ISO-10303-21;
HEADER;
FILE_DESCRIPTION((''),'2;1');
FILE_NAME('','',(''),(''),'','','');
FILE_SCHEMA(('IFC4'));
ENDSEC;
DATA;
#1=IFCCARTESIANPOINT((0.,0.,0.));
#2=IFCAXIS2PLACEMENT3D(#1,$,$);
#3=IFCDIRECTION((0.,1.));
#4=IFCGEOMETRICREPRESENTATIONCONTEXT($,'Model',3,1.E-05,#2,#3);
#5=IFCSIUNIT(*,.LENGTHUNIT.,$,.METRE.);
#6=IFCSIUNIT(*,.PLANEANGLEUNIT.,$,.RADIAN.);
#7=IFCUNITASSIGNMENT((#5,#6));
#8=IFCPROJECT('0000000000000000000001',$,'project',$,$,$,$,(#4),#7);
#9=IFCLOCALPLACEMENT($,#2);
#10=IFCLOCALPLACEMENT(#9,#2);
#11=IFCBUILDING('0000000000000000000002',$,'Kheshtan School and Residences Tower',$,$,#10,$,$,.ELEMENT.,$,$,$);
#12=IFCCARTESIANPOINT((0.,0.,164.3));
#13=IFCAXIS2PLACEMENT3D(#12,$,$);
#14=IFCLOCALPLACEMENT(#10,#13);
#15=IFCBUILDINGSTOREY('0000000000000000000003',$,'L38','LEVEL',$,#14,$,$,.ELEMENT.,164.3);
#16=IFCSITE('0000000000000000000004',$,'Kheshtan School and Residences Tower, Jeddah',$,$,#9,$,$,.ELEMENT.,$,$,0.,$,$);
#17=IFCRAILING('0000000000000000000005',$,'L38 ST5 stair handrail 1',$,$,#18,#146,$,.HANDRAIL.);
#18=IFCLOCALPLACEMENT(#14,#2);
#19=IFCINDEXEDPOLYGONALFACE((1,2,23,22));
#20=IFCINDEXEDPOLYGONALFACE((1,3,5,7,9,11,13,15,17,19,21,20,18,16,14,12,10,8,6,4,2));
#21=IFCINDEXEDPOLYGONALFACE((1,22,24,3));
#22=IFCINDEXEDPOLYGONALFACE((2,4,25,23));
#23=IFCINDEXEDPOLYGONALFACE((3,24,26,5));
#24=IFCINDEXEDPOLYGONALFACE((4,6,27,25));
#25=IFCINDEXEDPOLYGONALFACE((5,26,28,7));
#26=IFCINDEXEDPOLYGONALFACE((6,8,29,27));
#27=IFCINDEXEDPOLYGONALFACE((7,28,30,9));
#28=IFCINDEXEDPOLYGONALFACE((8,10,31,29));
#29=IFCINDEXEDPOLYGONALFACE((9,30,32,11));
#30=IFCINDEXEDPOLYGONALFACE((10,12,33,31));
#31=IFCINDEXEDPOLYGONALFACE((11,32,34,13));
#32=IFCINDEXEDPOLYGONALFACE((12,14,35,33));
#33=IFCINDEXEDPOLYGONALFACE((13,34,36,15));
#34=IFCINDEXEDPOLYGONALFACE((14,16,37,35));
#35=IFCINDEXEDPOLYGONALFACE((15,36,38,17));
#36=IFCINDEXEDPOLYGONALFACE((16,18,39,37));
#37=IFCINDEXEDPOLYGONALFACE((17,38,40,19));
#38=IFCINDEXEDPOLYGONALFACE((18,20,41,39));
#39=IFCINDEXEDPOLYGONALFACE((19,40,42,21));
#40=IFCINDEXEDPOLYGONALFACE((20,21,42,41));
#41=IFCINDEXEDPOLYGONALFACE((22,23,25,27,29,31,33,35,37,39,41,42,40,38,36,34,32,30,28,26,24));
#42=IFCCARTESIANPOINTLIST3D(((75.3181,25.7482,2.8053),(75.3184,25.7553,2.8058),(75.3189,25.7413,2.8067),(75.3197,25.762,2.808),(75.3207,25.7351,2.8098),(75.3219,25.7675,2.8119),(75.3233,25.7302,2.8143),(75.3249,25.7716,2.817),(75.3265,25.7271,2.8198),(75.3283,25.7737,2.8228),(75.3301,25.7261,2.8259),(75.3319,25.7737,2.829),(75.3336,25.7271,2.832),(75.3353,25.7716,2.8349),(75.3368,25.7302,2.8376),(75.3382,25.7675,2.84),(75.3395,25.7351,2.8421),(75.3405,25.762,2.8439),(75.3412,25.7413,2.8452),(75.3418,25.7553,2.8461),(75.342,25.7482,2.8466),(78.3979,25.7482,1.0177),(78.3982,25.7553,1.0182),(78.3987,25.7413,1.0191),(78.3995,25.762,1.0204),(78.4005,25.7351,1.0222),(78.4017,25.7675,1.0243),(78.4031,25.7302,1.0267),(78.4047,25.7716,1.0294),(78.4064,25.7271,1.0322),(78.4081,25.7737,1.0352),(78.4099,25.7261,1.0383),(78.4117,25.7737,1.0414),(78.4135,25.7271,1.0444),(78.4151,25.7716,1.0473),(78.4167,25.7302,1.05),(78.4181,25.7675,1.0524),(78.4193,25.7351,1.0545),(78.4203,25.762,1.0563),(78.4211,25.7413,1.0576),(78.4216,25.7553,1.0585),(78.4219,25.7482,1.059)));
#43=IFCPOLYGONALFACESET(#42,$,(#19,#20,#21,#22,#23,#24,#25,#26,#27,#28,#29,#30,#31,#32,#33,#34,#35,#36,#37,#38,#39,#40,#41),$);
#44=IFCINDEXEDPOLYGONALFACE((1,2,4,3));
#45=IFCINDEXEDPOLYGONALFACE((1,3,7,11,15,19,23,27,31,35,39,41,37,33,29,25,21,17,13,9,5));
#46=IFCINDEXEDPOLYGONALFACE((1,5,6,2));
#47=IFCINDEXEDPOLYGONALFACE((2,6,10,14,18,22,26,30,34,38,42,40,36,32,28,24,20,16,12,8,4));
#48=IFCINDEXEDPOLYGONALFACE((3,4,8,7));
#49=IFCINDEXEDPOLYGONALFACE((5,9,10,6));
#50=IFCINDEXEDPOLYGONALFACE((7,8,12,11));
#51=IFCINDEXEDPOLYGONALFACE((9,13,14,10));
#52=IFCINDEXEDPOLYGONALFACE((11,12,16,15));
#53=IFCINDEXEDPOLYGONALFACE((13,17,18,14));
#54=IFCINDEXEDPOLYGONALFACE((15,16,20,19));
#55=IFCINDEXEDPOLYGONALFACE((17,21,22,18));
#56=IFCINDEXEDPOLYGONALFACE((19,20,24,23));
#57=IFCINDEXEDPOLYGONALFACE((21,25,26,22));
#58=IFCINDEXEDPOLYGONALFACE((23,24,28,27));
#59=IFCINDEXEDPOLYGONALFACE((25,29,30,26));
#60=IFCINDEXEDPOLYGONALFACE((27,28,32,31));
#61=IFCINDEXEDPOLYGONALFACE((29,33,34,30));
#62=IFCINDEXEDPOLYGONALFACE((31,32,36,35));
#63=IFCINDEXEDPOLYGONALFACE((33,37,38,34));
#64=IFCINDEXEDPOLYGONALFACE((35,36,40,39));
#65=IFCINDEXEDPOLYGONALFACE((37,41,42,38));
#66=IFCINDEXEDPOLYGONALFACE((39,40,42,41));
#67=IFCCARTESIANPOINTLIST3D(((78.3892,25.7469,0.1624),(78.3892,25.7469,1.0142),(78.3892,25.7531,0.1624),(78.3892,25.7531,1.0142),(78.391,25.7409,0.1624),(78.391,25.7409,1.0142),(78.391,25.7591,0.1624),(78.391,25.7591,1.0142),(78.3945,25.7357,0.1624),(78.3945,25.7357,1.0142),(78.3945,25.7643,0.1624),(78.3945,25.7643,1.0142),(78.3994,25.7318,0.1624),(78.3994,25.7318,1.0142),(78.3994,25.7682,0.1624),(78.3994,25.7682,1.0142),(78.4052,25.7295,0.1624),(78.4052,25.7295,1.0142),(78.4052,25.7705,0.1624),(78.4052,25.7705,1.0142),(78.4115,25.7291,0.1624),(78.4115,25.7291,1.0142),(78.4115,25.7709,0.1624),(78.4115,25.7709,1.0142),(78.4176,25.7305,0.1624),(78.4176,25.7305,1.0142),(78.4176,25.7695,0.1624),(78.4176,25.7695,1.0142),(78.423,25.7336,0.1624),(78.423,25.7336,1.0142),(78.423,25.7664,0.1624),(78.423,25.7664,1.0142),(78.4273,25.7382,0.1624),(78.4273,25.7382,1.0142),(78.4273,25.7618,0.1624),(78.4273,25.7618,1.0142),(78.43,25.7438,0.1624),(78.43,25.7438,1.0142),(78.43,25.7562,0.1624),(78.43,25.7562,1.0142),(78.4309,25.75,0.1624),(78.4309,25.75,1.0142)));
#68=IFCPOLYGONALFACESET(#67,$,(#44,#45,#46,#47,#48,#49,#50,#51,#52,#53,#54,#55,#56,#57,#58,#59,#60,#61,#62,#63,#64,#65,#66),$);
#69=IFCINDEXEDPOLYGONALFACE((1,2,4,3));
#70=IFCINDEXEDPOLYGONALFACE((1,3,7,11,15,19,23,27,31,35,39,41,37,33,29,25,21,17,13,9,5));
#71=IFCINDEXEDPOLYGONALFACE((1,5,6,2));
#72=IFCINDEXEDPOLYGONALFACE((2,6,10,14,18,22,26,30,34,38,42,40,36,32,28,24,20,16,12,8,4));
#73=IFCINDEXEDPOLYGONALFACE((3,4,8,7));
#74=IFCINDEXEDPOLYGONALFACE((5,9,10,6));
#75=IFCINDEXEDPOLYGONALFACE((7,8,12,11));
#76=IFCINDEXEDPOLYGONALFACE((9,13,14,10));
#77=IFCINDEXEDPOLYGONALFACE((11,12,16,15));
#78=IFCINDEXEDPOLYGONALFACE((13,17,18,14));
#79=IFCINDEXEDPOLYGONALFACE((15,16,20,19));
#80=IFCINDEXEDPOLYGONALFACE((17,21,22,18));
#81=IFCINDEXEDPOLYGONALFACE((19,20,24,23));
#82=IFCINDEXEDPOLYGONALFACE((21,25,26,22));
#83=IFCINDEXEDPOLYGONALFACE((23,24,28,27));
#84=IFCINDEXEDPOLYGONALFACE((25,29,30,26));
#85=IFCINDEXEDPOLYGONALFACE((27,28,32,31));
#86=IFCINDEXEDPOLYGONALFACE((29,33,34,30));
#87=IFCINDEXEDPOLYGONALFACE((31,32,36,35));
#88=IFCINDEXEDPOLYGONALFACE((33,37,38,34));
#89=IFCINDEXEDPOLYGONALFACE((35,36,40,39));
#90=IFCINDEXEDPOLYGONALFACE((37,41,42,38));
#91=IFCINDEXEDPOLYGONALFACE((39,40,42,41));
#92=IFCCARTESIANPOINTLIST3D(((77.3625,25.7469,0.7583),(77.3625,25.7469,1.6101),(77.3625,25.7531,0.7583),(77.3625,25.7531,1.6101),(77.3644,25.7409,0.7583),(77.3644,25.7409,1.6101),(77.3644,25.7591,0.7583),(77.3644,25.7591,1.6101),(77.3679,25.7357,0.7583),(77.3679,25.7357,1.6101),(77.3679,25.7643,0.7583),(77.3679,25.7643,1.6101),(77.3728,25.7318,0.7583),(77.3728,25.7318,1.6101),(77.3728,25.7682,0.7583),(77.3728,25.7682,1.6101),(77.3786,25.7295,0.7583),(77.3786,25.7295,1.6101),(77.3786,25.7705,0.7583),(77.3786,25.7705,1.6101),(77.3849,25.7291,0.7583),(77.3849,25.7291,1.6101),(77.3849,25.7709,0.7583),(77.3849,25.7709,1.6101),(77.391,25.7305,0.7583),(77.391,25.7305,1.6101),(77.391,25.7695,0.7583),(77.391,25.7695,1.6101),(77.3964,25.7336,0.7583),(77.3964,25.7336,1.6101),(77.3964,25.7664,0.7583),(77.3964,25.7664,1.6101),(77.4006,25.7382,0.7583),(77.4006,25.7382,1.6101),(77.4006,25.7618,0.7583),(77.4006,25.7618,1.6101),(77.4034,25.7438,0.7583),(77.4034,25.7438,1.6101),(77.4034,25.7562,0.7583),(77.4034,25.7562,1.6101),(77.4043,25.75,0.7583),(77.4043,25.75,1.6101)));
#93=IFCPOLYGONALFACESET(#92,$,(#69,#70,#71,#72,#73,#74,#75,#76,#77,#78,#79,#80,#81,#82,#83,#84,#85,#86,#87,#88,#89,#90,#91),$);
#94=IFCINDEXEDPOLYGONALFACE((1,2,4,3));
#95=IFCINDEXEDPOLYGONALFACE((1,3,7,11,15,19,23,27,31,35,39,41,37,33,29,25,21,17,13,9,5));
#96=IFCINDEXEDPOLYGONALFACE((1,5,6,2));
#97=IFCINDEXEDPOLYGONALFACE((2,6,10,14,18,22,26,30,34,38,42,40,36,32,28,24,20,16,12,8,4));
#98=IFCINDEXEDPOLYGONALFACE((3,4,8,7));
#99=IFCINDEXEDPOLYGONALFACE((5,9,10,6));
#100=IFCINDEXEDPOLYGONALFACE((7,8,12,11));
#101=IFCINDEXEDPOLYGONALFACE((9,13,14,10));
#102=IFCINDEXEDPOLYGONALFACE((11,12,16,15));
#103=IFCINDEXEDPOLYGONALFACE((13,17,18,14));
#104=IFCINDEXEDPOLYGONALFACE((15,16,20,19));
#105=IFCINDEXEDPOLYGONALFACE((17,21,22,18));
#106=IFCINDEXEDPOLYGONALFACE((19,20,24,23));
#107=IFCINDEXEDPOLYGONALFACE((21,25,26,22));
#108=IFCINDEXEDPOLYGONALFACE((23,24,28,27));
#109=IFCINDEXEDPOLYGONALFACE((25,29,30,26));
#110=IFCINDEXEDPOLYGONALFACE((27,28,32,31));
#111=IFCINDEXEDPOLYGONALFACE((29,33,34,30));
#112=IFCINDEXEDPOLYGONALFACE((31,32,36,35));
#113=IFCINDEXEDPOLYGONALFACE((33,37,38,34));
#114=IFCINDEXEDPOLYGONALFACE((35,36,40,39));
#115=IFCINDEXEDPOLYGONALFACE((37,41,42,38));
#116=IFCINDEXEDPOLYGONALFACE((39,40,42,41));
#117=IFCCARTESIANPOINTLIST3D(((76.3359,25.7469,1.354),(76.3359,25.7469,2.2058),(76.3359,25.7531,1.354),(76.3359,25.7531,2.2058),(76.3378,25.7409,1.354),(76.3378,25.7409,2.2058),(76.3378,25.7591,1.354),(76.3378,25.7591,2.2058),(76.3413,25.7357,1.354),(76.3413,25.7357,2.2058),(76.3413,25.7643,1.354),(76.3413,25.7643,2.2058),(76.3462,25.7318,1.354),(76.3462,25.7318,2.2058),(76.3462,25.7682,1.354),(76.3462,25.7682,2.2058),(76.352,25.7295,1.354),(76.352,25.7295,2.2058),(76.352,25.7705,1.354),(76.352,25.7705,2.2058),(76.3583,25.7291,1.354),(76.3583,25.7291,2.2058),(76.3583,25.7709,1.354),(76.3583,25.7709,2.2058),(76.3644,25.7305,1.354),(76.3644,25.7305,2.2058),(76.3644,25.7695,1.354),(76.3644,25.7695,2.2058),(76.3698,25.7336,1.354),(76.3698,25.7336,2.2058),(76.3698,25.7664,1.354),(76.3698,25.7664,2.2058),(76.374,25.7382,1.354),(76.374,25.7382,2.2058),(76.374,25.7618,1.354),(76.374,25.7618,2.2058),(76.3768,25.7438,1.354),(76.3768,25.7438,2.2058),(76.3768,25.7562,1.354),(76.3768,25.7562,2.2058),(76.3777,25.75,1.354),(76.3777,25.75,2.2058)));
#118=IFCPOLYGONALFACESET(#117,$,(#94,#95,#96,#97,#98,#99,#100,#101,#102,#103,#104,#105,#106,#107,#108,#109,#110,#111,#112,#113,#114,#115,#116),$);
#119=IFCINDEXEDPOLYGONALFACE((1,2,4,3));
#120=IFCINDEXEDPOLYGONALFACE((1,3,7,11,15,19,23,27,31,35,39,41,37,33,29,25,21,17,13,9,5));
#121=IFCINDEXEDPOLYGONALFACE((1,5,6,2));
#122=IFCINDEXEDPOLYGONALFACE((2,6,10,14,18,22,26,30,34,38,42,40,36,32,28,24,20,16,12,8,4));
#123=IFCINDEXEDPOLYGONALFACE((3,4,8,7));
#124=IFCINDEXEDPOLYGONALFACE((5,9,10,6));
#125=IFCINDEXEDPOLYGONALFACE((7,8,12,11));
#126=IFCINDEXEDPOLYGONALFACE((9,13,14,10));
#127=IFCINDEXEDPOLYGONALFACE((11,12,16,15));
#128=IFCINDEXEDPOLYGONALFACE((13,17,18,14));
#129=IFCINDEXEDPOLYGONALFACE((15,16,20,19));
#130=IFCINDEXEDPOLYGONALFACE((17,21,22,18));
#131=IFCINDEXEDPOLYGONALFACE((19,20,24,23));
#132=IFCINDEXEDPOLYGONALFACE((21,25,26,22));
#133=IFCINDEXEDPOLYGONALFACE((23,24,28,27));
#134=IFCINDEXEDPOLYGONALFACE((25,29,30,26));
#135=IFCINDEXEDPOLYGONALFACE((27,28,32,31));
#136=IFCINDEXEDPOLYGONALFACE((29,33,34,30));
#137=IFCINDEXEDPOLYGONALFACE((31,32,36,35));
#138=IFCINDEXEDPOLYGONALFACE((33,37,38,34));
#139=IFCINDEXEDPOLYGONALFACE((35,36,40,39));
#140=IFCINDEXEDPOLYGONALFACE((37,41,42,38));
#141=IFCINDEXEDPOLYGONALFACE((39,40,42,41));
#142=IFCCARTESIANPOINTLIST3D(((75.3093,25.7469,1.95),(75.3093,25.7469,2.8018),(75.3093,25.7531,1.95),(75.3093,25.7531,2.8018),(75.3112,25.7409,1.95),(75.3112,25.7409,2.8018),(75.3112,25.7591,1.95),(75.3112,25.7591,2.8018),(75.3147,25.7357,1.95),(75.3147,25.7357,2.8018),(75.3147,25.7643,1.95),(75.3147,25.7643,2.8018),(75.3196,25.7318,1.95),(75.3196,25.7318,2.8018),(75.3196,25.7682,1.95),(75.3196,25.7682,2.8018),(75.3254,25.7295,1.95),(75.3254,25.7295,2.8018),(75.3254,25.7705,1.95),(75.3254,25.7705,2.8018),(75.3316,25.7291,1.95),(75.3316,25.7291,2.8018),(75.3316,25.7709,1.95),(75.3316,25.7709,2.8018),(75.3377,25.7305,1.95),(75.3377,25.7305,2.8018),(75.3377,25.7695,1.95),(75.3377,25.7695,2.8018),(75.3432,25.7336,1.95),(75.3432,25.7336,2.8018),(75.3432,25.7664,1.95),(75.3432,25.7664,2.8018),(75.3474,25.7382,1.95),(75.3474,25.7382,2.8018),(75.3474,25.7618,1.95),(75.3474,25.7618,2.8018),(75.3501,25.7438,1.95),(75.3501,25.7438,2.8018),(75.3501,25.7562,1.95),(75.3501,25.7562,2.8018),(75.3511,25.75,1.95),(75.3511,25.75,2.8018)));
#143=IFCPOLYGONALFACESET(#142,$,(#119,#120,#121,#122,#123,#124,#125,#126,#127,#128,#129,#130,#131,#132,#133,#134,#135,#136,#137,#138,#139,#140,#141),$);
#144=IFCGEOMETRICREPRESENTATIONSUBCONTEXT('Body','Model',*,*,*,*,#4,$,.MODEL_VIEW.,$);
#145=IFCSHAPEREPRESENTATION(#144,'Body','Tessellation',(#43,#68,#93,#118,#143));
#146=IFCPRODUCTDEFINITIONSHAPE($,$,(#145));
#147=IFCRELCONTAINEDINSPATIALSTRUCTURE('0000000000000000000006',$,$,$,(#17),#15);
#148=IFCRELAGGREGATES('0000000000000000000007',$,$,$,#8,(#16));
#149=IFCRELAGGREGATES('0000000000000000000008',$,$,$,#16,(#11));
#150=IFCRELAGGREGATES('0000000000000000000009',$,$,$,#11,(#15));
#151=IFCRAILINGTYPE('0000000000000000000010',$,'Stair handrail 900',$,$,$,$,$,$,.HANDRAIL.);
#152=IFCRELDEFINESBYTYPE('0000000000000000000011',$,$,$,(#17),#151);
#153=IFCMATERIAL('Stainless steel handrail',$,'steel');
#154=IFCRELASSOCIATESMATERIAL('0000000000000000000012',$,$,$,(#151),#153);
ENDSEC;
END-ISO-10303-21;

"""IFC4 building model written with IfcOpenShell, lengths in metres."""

from ifc_helpers import new_model, si_unit, direction, frame, origin, origin_2d, place, context, subcontext, project, spatial, circle, extrude, material, type_object, element, save


model = new_model("IFC4")

# Units and contexts
model_context = context("Model", 3, precision=1e-05, world=origin(), true_north=direction((0.0, 1.0)))
body_context = subcontext(model_context, "Body", "Model", "MODEL_VIEW")
ifc_project = project(units=[si_unit("LENGTHUNIT", "METRE"), si_unit("PLANEANGLEUNIT", "RADIAN")], contexts=[model_context])

# Site, building, storey
site_placement = place(None, origin())
site = spatial("IfcSite", under=ifc_project, at=site_placement, Name="Kheshtan School and Residences Tower, Jeddah", CompositionType="ELEMENT", RefElevation=0.0)
building_placement = place(site_placement, origin())
building = spatial("IfcBuilding", under=site, at=building_placement, Name="Kheshtan School and Residences Tower", CompositionType="ELEMENT")
storey_placement = place(building_placement, frame((0.0, 0.0, 164.3)))
storey = spatial("IfcBuildingStorey", under=building, at=storey_placement, Name="L38", Description="LEVEL", CompositionType="ELEMENT", Elevation=164.3)

# Railing
ifc_material_1 = material(Name="Stainless steel handrail", Category="steel")
railing_type_1 = type_object("IfcRailingType", Name="Stair handrail 900", PredefinedType="HANDRAIL", material=ifc_material_1)
railing_1_placement = place(storey_placement, frame((78.4099, 25.75, 0.1624)))
element("IfcRailing", 1, at=railing_1_placement, inside=storey, type_object=railing_type_1, Name="L38 ST5 stair handrail 1", PredefinedType="HANDRAIL", context=body_context, shape_type="SweptSolid", body=[
    extrude(circle(Radius=0.0239, at=origin_2d()), frame((0.0, 0.0, 0.876), z_axis=(-0.864873, 0.0, 0.50199), x_axis=(0.0, -1.0, 0.0)), (0.0, 0.0, 1.0), 3.561),
    extrude(circle(Radius=0.021, at=origin_2d()), origin(), (0.0, 0.0, 1.0), 0.8518),
    extrude(circle(Radius=0.021, at=origin_2d()), frame((-1.0266, 0.0, 0.5959)), (0.0, 0.0, 1.0), 0.8518),
    extrude(circle(Radius=0.021, at=origin_2d()), frame((-2.0532, 0.0, 1.1917)), (0.0, 0.0, 1.0), 0.8518),
    extrude(circle(Radius=0.021, at=origin_2d()), frame((-3.0798, 0.0, 1.7876)), (0.0, 0.0, 1.0), 0.8518),
])

save(model, "model.ifc")
